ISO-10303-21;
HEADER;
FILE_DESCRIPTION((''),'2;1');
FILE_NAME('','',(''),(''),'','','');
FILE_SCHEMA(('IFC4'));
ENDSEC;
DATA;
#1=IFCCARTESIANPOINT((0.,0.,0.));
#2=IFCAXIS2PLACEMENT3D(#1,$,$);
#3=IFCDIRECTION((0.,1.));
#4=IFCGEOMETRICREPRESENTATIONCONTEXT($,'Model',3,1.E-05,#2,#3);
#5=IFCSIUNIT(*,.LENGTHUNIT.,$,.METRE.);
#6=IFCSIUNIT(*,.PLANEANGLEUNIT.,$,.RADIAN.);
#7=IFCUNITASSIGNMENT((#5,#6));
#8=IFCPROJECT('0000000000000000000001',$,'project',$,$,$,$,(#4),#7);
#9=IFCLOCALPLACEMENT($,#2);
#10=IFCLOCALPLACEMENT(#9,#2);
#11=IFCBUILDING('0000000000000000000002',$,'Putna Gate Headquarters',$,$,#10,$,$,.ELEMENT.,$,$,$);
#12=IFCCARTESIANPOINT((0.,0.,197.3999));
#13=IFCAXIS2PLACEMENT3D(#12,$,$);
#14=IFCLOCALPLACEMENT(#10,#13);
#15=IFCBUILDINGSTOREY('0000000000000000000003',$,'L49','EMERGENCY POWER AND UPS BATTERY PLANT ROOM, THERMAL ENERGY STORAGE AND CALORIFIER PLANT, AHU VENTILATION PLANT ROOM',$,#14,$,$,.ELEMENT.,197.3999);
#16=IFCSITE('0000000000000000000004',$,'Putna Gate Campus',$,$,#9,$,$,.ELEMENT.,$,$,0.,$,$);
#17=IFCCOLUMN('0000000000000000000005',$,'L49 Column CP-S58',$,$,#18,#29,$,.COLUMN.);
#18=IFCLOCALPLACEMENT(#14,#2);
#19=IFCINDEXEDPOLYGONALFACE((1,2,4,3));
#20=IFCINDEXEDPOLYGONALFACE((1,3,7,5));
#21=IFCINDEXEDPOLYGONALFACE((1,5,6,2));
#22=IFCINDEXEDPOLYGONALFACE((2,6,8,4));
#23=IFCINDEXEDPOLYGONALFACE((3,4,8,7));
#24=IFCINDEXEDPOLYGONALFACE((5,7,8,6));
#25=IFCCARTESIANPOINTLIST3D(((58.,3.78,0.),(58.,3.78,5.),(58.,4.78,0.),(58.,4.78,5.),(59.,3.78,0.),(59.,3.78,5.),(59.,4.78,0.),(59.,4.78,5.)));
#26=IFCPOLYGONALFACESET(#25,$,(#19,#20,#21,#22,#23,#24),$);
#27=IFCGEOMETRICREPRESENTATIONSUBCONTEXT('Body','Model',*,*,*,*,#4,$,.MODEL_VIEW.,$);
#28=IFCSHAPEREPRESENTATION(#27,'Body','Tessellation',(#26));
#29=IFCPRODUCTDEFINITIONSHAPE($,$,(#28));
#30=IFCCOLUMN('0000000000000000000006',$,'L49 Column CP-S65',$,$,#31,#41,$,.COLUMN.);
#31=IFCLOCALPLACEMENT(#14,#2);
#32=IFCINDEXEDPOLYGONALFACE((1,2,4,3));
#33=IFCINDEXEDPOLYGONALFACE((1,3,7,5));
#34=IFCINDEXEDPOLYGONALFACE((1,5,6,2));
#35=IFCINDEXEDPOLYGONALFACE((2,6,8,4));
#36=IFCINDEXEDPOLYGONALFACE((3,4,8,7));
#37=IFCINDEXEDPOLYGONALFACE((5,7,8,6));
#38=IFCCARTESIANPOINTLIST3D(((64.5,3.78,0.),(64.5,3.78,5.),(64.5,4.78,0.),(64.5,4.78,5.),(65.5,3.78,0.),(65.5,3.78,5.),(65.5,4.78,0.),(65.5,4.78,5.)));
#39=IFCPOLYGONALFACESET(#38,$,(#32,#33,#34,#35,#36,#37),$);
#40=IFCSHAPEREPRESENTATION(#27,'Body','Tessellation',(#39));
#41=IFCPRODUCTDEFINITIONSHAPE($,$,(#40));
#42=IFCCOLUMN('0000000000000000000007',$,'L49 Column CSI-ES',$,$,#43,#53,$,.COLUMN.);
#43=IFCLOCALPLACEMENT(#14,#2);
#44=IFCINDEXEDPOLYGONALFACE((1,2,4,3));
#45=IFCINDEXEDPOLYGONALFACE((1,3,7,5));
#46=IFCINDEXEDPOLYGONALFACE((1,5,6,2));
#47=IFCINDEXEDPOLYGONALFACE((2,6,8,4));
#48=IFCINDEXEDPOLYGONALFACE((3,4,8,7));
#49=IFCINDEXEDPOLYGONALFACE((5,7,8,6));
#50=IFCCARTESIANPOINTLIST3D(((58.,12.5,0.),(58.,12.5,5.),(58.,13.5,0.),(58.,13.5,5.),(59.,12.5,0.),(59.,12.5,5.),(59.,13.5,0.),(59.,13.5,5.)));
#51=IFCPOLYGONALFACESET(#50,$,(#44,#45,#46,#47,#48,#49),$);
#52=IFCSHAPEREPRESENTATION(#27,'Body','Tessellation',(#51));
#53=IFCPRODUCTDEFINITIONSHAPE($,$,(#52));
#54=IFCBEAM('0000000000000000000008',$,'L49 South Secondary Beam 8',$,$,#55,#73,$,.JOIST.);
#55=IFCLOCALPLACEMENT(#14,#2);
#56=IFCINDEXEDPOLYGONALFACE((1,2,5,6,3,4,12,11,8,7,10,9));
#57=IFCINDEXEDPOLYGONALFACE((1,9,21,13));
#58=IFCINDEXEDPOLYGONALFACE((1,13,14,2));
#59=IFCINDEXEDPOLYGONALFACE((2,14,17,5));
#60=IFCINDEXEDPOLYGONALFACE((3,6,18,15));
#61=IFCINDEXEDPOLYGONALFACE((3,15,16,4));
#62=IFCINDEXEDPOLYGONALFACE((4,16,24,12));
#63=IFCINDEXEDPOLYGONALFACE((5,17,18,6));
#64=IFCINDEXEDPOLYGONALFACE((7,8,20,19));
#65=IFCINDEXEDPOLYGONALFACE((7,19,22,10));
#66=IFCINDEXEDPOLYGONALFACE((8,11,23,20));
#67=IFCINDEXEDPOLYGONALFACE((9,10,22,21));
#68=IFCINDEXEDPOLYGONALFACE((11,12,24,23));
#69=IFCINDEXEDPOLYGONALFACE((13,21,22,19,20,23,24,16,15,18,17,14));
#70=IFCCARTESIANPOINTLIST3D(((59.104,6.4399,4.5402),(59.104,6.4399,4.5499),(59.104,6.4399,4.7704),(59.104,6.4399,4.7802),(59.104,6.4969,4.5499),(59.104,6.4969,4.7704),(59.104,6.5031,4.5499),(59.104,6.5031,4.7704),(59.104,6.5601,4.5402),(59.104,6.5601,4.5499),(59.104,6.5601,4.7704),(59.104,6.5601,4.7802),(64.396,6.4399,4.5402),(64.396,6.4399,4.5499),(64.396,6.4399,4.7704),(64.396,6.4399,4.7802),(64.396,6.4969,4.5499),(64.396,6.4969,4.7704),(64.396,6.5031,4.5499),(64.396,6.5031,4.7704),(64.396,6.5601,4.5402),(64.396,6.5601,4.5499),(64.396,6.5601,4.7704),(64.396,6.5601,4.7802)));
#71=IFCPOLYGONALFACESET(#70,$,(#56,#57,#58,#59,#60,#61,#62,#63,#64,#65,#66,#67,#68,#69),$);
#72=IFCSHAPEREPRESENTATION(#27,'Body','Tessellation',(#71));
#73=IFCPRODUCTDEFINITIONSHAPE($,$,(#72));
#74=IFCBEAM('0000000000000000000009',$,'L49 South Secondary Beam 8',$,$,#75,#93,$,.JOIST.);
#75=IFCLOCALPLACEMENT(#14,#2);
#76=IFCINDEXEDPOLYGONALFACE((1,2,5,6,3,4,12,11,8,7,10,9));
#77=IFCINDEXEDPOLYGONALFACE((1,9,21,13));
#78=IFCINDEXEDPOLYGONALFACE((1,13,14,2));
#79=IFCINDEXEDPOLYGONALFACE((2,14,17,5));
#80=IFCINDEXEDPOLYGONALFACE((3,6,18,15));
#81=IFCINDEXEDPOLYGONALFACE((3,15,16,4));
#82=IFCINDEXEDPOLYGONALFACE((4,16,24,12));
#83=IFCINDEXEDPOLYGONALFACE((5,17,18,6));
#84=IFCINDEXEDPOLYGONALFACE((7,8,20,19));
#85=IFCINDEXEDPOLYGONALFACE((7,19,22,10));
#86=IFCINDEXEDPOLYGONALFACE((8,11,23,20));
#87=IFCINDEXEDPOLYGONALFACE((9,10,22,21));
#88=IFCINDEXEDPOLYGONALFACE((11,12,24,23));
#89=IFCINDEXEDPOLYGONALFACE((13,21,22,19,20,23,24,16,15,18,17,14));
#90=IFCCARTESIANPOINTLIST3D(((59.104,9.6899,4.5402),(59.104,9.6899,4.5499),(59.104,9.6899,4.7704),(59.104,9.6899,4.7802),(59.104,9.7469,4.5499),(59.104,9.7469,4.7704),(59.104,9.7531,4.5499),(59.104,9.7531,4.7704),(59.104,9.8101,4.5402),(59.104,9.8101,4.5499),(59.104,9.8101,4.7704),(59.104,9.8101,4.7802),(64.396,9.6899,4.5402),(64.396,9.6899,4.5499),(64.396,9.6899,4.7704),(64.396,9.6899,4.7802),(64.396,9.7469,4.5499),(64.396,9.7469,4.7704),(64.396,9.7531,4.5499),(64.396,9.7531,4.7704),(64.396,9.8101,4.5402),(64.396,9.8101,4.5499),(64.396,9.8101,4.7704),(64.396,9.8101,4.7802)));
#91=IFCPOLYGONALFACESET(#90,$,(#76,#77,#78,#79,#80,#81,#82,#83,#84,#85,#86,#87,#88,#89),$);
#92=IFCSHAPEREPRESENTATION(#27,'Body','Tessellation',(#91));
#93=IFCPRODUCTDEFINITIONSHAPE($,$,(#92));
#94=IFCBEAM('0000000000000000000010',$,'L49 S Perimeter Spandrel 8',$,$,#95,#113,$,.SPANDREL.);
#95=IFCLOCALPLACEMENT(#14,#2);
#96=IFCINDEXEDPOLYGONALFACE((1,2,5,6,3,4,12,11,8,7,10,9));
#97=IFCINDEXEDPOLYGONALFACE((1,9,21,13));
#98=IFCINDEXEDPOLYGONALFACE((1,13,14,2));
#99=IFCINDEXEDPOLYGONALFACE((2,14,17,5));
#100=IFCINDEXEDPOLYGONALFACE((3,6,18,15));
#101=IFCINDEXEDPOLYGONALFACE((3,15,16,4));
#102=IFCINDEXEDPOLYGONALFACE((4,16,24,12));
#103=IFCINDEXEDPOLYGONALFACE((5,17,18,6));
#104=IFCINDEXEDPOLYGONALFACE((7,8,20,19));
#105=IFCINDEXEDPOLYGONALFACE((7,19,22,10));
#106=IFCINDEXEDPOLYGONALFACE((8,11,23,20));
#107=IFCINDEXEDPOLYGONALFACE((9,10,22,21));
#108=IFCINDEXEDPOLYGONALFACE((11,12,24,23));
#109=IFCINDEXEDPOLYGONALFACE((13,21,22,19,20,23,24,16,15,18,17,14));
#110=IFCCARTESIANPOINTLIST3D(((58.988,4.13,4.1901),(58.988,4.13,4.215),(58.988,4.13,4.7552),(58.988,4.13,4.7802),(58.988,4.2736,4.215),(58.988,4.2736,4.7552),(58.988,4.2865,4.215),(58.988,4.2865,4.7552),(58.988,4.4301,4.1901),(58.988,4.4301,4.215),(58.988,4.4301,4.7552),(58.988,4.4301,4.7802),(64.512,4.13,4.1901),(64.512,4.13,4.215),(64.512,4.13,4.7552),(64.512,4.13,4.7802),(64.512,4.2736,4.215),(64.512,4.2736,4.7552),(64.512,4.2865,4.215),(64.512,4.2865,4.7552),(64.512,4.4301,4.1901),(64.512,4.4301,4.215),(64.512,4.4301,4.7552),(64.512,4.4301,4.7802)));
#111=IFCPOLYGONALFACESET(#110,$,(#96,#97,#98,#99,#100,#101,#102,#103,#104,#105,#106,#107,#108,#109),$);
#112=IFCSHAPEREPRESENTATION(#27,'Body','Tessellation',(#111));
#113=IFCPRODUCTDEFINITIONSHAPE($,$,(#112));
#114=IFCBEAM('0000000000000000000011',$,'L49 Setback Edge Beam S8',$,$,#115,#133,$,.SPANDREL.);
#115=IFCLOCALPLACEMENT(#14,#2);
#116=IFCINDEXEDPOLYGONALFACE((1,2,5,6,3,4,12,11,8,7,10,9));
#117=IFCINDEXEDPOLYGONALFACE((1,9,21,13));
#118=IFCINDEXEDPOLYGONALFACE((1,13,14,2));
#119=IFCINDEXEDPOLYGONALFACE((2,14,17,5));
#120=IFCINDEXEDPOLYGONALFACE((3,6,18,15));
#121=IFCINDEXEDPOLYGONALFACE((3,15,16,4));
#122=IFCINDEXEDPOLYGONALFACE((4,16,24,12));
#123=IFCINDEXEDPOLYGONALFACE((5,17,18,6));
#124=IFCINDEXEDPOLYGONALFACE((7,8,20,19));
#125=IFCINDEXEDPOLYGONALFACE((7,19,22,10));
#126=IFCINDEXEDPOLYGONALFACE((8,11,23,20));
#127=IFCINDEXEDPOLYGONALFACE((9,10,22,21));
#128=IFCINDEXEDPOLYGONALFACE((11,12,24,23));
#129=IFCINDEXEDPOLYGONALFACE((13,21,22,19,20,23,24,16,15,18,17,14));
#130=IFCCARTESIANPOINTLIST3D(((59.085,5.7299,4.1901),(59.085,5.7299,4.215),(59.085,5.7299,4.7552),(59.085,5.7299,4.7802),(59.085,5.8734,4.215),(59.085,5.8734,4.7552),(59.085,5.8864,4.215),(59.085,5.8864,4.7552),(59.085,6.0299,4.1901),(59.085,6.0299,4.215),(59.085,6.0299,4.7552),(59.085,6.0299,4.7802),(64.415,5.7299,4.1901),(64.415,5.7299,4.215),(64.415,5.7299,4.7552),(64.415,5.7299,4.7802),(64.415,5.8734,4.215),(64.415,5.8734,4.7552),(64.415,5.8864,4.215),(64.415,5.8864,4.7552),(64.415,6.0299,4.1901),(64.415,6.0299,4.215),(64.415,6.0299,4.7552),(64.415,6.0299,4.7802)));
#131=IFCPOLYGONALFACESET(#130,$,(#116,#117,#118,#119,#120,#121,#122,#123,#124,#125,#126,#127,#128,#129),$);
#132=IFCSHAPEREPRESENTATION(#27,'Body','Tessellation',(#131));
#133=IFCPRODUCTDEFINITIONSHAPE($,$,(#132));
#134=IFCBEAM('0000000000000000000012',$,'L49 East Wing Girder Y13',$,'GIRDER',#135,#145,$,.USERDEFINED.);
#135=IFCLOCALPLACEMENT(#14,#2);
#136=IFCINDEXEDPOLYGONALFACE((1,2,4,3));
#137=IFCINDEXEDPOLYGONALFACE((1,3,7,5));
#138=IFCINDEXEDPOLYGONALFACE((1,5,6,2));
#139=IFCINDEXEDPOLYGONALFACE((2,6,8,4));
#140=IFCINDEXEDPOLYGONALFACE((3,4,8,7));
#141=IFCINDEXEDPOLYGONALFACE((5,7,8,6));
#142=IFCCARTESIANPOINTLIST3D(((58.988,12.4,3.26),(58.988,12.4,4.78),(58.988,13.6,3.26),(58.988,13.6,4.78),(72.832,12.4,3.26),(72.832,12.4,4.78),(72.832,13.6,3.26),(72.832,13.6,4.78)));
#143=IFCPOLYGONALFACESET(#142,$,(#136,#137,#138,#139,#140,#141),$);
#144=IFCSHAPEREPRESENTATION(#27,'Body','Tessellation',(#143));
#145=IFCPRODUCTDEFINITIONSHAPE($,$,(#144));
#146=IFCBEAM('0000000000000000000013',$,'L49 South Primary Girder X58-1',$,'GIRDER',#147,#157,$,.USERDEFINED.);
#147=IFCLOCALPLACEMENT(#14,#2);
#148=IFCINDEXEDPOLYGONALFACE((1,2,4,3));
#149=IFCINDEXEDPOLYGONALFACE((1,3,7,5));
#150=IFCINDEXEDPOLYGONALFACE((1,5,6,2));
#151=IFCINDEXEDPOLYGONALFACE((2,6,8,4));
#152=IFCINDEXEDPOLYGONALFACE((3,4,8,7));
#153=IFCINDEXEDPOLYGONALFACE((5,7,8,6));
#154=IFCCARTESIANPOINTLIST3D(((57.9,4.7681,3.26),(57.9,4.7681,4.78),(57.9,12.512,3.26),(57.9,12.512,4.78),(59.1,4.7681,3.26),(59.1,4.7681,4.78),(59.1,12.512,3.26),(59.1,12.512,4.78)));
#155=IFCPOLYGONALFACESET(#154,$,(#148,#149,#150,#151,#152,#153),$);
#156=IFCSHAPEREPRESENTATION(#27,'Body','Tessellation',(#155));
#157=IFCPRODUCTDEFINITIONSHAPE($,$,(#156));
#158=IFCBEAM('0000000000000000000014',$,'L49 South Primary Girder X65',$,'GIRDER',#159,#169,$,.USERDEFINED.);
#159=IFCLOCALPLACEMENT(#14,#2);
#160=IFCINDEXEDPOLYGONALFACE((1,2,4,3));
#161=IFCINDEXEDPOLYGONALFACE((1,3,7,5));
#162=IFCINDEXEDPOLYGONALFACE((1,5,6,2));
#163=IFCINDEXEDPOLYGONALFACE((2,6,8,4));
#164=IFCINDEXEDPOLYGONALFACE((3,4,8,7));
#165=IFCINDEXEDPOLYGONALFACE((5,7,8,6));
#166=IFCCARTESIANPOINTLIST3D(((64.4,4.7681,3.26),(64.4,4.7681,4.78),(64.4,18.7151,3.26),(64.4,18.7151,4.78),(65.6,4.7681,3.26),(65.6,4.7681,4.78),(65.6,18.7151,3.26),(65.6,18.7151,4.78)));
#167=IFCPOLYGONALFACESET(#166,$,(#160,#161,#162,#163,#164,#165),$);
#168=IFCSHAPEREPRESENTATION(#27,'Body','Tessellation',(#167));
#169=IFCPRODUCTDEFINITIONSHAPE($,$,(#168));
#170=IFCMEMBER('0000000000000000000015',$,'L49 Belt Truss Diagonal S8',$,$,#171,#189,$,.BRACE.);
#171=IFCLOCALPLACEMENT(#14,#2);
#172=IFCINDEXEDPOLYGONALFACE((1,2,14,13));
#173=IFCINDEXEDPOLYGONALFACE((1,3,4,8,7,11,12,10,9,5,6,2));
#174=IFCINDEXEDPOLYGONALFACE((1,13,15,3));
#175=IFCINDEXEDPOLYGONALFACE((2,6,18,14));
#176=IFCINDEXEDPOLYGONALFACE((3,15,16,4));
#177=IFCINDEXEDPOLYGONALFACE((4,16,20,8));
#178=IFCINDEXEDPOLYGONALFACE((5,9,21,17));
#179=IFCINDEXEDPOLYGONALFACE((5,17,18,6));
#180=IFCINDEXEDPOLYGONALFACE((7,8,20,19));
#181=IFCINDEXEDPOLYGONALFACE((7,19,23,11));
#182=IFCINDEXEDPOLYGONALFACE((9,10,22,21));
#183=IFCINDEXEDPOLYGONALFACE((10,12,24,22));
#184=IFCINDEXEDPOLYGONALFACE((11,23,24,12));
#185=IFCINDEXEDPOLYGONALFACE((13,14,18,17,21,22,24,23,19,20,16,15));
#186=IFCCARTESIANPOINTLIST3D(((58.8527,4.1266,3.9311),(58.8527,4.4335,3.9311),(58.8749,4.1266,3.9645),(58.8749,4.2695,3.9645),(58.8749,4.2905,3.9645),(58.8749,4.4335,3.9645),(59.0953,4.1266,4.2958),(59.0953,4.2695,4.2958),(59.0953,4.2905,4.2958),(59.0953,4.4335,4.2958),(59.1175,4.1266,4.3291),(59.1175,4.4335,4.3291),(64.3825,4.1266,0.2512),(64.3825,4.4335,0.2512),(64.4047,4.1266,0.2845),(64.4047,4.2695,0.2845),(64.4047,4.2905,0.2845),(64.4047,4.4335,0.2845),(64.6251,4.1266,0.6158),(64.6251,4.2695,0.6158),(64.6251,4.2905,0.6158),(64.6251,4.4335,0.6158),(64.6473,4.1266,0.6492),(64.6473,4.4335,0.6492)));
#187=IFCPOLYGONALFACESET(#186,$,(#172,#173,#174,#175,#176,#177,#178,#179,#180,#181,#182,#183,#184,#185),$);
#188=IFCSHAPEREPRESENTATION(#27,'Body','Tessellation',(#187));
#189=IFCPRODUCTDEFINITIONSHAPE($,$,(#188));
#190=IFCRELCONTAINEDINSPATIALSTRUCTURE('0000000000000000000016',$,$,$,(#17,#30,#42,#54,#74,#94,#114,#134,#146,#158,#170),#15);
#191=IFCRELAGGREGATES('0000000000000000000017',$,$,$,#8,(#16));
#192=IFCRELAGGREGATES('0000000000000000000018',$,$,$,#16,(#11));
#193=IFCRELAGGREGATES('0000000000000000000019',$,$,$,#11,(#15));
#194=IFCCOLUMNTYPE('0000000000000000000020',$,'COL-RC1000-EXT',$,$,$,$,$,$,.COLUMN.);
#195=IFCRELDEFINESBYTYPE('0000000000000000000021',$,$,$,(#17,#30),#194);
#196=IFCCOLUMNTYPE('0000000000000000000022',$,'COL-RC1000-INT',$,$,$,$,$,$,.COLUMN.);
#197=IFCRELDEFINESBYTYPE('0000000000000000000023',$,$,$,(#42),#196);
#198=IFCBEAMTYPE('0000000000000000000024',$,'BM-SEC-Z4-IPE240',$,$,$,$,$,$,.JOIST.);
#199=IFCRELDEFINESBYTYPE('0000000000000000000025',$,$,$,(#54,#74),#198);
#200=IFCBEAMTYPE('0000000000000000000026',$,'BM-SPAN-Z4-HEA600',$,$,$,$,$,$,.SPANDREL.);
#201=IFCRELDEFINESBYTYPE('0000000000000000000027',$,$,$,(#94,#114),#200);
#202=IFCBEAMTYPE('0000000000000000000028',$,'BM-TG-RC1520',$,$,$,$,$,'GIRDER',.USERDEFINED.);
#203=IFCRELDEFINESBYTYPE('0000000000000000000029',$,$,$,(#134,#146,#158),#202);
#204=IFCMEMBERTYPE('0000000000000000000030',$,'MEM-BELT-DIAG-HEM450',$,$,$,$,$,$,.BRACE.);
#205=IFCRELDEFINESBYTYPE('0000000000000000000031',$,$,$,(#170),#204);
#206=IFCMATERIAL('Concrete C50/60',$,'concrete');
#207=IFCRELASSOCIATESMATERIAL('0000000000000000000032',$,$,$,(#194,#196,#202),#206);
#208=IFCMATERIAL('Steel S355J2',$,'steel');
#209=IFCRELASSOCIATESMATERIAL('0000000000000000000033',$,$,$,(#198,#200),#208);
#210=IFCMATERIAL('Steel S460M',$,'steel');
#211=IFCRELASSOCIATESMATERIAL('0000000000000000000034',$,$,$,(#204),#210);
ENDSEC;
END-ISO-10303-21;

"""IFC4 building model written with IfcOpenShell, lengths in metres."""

from ifc_helpers import new_model, si_unit, direction, frame, origin, origin_2d, place, context, subcontext, project, spatial, rectangle, i_section, extrude, material, material_profile, profile_set, type_object, element, save


model = new_model("IFC4")

# Units and contexts
model_context = context("Model", 3, precision=1e-05, world=origin(), true_north=direction((0.0, 1.0)))
body_context = subcontext(model_context, "Body", "Model", "MODEL_VIEW")
ifc_project = project(units=[si_unit("LENGTHUNIT", "METRE"), si_unit("PLANEANGLEUNIT", "RADIAN")], contexts=[model_context])

# Site, building, storey
site_placement = place(None, origin())
site = spatial("IfcSite", under=ifc_project, at=site_placement, Name="Putna Gate Campus", CompositionType="ELEMENT", RefElevation=0.0)
building_placement = place(site_placement, origin())
building = spatial("IfcBuilding", under=site, at=building_placement, Name="Putna Gate Headquarters", CompositionType="ELEMENT")
storey_placement = place(building_placement, frame((0.0, 0.0, 197.3999)))
storey = spatial("IfcBuildingStorey", under=building, at=storey_placement, Name="L49", Description="EMERGENCY POWER AND UPS BATTERY PLANT ROOM, THERMAL ENERGY STORAGE AND CALORIFIER PLANT, AHU VENTILATION PLANT ROOM", CompositionType="ELEMENT", Elevation=197.3999)

# Columns
ifc_material_1 = material(Name="Concrete C50/60", Category="concrete")
ifc_material_profile_1 = material_profile(ifc_material_1, rectangle(XDim=1.0, YDim=1.0, at=origin_2d()), Name="Concrete C50/60")
ifc_profile_set_1 = profile_set([ifc_material_profile_1], Name="Concrete C50/60")
column_type_1 = type_object("IfcColumnType", Name="COL-RC1000-EXT", PredefinedType="COLUMN", material=ifc_profile_set_1)
for number, where, z_axis, x_axis, name in (
    (1, (58.5, 4.28, 0.0), (0.0, 0.0, 1.0), (1.0, 0.0, 0.0), "L49 Column CP-S58"),
    (2, (65.0, 4.28, 0.0), (0.0, 0.0, 1.0), (1.0, 0.0, 0.0), "L49 Column CP-S65"),
):
    element("IfcColumn", number, at=place(storey_placement, frame(where, z_axis=z_axis, x_axis=x_axis)), inside=storey, type_object=column_type_1, Name=name, PredefinedType="COLUMN", context=body_context, shape_type="SweptSolid", body=[
        extrude(rectangle(XDim=1.0, YDim=1.0, at=origin_2d()), origin(), (0.0, 0.0, 1.0), 5.0),
    ])
ifc_material_profile_2 = material_profile(ifc_material_1, rectangle(XDim=1.0, YDim=1.0, at=origin_2d()), Name="Concrete C50/60")
ifc_profile_set_2 = profile_set([ifc_material_profile_2], Name="Concrete C50/60")
column_type_2 = type_object("IfcColumnType", Name="COL-RC1000-INT", PredefinedType="COLUMN", material=ifc_profile_set_2)
column_placement = place(storey_placement, frame((58.5, 13.0, 0.0), z_axis=(0.0, 0.0, 1.0), x_axis=(1.0, 0.0, 0.0)))
element("IfcColumn", 3, at=column_placement, inside=storey, type_object=column_type_2, Name="L49 Column CSI-ES", PredefinedType="COLUMN", context=body_context, shape_type="SweptSolid", body=[
    extrude(rectangle(XDim=1.0, YDim=1.0, at=origin_2d()), origin(), (0.0, 0.0, 1.0), 5.0),
])

# Beams
ifc_material_2 = material(Name="Steel S355J2", Category="steel")
ifc_material_profile_3 = material_profile(ifc_material_2, i_section(OverallWidth=0.1201, OverallDepth=0.24, WebThickness=0.0061, FlangeThickness=0.0098, at=origin_2d()), Name="Steel S355J2")
ifc_profile_set_3 = profile_set([ifc_material_profile_3], Name="Steel S355J2")
beam_type_1 = type_object("IfcBeamType", Name="BM-SEC-Z4-IPE240", PredefinedType="JOIST", material=ifc_profile_set_3)
for number, where, z_axis, x_axis, name in (
    (4, (59.104, 6.5, 4.6602), (1.0, 0.0, 0.0), (0.0, 1.0, 0.0), "L49 South Secondary Beam 8"),
    (5, (59.104, 9.75, 4.6602), (1.0, 0.0, 0.0), (0.0, 1.0, 0.0), "L49 South Secondary Beam 8"),
):
    element("IfcBeam", number, at=place(storey_placement, frame(where, z_axis=z_axis, x_axis=x_axis)), inside=storey, type_object=beam_type_1, Name=name, PredefinedType="JOIST", context=body_context, shape_type="SweptSolid", body=[
        extrude(i_section(OverallWidth=0.1201, OverallDepth=0.24, WebThickness=0.0061, FlangeThickness=0.0098, at=origin_2d()), origin(), (0.0, 0.0, 1.0), 5.292),
    ])
ifc_material_profile_4 = material_profile(ifc_material_2, i_section(OverallWidth=0.3, OverallDepth=0.5901, WebThickness=0.0129, FlangeThickness=0.0249, at=origin_2d()), Name="Steel S355J2")
ifc_profile_set_4 = profile_set([ifc_material_profile_4], Name="Steel S355J2")
beam_type_2 = type_object("IfcBeamType", Name="BM-SPAN-Z4-HEA600", PredefinedType="SPANDREL", material=ifc_profile_set_4)
beam_1_placement = place(storey_placement, frame((58.988, 4.28, 4.4851), z_axis=(1.0, 0.0, 0.0), x_axis=(0.0, 1.0, 0.0)))
element("IfcBeam", 6, at=beam_1_placement, inside=storey, type_object=beam_type_2, Name="L49 S Perimeter Spandrel 8", PredefinedType="SPANDREL", context=body_context, shape_type="SweptSolid", body=[
    extrude(i_section(OverallWidth=0.3, OverallDepth=0.5901, WebThickness=0.0129, FlangeThickness=0.0249, at=origin_2d()), origin(), (0.0, 0.0, 1.0), 5.5239),
])
beam_2_placement = place(storey_placement, frame((59.085, 5.8799, 4.4851), z_axis=(1.0, 0.0, 0.0), x_axis=(0.0, 1.0, 0.0)))
element("IfcBeam", 7, at=beam_2_placement, inside=storey, type_object=beam_type_2, Name="L49 Setback Edge Beam S8", PredefinedType="SPANDREL", context=body_context, shape_type="SweptSolid", body=[
    extrude(i_section(OverallWidth=0.3, OverallDepth=0.5901, WebThickness=0.0129, FlangeThickness=0.0249, at=origin_2d()), origin(), (0.0, 0.0, 1.0), 5.3301),
])
ifc_material_profile_5 = material_profile(ifc_material_1, rectangle(XDim=1.2, YDim=1.52, at=origin_2d()), Name="Concrete C50/60")
ifc_profile_set_5 = profile_set([ifc_material_profile_5], Name="Concrete C50/60")
beam_type_3 = type_object("IfcBeamType", Name="BM-TG-RC1520", ElementType="GIRDER", PredefinedType="USERDEFINED", material=ifc_profile_set_5)
beam_3_placement = place(storey_placement, frame((58.988, 13.0, 4.02), z_axis=(1.0, 0.0, 0.0), x_axis=(0.0, 1.0, 0.0)))
element("IfcBeam", 8, at=beam_3_placement, inside=storey, type_object=beam_type_3, Name="L49 East Wing Girder Y13", ObjectType="GIRDER", PredefinedType="USERDEFINED", context=body_context, shape_type="SweptSolid", body=[
    extrude(rectangle(XDim=1.2, YDim=1.52, at=origin_2d()), origin(), (0.0, 0.0, 1.0), 13.844),
])
beam_4_placement = place(storey_placement, frame((58.5, 4.7681, 4.02), z_axis=(0.0, 1.0, 0.0), x_axis=(-1.0, 0.0, 0.0)))
element("IfcBeam", 9, at=beam_4_placement, inside=storey, type_object=beam_type_3, Name="L49 South Primary Girder X58-1", ObjectType="GIRDER", PredefinedType="USERDEFINED", context=body_context, shape_type="SweptSolid", body=[
    extrude(rectangle(XDim=1.2, YDim=1.52, at=origin_2d()), origin(), (0.0, 0.0, 1.0), 7.7439),
])
beam_5_placement = place(storey_placement, frame((65.0, 4.7681, 4.02), z_axis=(0.0, 1.0, 0.0), x_axis=(-1.0, 0.0, 0.0)))
element("IfcBeam", 10, at=beam_5_placement, inside=storey, type_object=beam_type_3, Name="L49 South Primary Girder X65", ObjectType="GIRDER", PredefinedType="USERDEFINED", context=body_context, shape_type="SweptSolid", body=[
    extrude(rectangle(XDim=1.2, YDim=1.52, at=origin_2d()), origin(), (0.0, 0.0, 1.0), 13.947),
])

# Member
ifc_material_3 = material(Name="Steel S460M", Category="steel")
ifc_material_profile_6 = material_profile(ifc_material_3, i_section(OverallWidth=0.3069, OverallDepth=0.478, WebThickness=0.021, FlangeThickness=0.04, at=origin_2d()), Name="Steel S460M")
ifc_profile_set_6 = profile_set([ifc_material_profile_6], Name="Steel S460M")
member_type_1 = type_object("IfcMemberType", Name="MEM-BELT-DIAG-HEM450", PredefinedType="BRACE", material=ifc_profile_set_6)
member_1_placement = place(storey_placement, frame((58.9851, 4.28, 4.1301), z_axis=(0.832508, 0.0, -0.554013), x_axis=(0.0, 1.0, 0.0)))
element("IfcMember", 11, at=member_1_placement, inside=storey, type_object=member_type_1, Name="L49 Belt Truss Diagonal S8", PredefinedType="BRACE", context=body_context, shape_type="SweptSolid", body=[
    extrude(i_section(OverallWidth=0.3069, OverallDepth=0.478, WebThickness=0.021, FlangeThickness=0.04, at=origin_2d()), origin(), (0.0, 0.0, 1.0), 6.6423),
])

save(model, "model.ifc")
